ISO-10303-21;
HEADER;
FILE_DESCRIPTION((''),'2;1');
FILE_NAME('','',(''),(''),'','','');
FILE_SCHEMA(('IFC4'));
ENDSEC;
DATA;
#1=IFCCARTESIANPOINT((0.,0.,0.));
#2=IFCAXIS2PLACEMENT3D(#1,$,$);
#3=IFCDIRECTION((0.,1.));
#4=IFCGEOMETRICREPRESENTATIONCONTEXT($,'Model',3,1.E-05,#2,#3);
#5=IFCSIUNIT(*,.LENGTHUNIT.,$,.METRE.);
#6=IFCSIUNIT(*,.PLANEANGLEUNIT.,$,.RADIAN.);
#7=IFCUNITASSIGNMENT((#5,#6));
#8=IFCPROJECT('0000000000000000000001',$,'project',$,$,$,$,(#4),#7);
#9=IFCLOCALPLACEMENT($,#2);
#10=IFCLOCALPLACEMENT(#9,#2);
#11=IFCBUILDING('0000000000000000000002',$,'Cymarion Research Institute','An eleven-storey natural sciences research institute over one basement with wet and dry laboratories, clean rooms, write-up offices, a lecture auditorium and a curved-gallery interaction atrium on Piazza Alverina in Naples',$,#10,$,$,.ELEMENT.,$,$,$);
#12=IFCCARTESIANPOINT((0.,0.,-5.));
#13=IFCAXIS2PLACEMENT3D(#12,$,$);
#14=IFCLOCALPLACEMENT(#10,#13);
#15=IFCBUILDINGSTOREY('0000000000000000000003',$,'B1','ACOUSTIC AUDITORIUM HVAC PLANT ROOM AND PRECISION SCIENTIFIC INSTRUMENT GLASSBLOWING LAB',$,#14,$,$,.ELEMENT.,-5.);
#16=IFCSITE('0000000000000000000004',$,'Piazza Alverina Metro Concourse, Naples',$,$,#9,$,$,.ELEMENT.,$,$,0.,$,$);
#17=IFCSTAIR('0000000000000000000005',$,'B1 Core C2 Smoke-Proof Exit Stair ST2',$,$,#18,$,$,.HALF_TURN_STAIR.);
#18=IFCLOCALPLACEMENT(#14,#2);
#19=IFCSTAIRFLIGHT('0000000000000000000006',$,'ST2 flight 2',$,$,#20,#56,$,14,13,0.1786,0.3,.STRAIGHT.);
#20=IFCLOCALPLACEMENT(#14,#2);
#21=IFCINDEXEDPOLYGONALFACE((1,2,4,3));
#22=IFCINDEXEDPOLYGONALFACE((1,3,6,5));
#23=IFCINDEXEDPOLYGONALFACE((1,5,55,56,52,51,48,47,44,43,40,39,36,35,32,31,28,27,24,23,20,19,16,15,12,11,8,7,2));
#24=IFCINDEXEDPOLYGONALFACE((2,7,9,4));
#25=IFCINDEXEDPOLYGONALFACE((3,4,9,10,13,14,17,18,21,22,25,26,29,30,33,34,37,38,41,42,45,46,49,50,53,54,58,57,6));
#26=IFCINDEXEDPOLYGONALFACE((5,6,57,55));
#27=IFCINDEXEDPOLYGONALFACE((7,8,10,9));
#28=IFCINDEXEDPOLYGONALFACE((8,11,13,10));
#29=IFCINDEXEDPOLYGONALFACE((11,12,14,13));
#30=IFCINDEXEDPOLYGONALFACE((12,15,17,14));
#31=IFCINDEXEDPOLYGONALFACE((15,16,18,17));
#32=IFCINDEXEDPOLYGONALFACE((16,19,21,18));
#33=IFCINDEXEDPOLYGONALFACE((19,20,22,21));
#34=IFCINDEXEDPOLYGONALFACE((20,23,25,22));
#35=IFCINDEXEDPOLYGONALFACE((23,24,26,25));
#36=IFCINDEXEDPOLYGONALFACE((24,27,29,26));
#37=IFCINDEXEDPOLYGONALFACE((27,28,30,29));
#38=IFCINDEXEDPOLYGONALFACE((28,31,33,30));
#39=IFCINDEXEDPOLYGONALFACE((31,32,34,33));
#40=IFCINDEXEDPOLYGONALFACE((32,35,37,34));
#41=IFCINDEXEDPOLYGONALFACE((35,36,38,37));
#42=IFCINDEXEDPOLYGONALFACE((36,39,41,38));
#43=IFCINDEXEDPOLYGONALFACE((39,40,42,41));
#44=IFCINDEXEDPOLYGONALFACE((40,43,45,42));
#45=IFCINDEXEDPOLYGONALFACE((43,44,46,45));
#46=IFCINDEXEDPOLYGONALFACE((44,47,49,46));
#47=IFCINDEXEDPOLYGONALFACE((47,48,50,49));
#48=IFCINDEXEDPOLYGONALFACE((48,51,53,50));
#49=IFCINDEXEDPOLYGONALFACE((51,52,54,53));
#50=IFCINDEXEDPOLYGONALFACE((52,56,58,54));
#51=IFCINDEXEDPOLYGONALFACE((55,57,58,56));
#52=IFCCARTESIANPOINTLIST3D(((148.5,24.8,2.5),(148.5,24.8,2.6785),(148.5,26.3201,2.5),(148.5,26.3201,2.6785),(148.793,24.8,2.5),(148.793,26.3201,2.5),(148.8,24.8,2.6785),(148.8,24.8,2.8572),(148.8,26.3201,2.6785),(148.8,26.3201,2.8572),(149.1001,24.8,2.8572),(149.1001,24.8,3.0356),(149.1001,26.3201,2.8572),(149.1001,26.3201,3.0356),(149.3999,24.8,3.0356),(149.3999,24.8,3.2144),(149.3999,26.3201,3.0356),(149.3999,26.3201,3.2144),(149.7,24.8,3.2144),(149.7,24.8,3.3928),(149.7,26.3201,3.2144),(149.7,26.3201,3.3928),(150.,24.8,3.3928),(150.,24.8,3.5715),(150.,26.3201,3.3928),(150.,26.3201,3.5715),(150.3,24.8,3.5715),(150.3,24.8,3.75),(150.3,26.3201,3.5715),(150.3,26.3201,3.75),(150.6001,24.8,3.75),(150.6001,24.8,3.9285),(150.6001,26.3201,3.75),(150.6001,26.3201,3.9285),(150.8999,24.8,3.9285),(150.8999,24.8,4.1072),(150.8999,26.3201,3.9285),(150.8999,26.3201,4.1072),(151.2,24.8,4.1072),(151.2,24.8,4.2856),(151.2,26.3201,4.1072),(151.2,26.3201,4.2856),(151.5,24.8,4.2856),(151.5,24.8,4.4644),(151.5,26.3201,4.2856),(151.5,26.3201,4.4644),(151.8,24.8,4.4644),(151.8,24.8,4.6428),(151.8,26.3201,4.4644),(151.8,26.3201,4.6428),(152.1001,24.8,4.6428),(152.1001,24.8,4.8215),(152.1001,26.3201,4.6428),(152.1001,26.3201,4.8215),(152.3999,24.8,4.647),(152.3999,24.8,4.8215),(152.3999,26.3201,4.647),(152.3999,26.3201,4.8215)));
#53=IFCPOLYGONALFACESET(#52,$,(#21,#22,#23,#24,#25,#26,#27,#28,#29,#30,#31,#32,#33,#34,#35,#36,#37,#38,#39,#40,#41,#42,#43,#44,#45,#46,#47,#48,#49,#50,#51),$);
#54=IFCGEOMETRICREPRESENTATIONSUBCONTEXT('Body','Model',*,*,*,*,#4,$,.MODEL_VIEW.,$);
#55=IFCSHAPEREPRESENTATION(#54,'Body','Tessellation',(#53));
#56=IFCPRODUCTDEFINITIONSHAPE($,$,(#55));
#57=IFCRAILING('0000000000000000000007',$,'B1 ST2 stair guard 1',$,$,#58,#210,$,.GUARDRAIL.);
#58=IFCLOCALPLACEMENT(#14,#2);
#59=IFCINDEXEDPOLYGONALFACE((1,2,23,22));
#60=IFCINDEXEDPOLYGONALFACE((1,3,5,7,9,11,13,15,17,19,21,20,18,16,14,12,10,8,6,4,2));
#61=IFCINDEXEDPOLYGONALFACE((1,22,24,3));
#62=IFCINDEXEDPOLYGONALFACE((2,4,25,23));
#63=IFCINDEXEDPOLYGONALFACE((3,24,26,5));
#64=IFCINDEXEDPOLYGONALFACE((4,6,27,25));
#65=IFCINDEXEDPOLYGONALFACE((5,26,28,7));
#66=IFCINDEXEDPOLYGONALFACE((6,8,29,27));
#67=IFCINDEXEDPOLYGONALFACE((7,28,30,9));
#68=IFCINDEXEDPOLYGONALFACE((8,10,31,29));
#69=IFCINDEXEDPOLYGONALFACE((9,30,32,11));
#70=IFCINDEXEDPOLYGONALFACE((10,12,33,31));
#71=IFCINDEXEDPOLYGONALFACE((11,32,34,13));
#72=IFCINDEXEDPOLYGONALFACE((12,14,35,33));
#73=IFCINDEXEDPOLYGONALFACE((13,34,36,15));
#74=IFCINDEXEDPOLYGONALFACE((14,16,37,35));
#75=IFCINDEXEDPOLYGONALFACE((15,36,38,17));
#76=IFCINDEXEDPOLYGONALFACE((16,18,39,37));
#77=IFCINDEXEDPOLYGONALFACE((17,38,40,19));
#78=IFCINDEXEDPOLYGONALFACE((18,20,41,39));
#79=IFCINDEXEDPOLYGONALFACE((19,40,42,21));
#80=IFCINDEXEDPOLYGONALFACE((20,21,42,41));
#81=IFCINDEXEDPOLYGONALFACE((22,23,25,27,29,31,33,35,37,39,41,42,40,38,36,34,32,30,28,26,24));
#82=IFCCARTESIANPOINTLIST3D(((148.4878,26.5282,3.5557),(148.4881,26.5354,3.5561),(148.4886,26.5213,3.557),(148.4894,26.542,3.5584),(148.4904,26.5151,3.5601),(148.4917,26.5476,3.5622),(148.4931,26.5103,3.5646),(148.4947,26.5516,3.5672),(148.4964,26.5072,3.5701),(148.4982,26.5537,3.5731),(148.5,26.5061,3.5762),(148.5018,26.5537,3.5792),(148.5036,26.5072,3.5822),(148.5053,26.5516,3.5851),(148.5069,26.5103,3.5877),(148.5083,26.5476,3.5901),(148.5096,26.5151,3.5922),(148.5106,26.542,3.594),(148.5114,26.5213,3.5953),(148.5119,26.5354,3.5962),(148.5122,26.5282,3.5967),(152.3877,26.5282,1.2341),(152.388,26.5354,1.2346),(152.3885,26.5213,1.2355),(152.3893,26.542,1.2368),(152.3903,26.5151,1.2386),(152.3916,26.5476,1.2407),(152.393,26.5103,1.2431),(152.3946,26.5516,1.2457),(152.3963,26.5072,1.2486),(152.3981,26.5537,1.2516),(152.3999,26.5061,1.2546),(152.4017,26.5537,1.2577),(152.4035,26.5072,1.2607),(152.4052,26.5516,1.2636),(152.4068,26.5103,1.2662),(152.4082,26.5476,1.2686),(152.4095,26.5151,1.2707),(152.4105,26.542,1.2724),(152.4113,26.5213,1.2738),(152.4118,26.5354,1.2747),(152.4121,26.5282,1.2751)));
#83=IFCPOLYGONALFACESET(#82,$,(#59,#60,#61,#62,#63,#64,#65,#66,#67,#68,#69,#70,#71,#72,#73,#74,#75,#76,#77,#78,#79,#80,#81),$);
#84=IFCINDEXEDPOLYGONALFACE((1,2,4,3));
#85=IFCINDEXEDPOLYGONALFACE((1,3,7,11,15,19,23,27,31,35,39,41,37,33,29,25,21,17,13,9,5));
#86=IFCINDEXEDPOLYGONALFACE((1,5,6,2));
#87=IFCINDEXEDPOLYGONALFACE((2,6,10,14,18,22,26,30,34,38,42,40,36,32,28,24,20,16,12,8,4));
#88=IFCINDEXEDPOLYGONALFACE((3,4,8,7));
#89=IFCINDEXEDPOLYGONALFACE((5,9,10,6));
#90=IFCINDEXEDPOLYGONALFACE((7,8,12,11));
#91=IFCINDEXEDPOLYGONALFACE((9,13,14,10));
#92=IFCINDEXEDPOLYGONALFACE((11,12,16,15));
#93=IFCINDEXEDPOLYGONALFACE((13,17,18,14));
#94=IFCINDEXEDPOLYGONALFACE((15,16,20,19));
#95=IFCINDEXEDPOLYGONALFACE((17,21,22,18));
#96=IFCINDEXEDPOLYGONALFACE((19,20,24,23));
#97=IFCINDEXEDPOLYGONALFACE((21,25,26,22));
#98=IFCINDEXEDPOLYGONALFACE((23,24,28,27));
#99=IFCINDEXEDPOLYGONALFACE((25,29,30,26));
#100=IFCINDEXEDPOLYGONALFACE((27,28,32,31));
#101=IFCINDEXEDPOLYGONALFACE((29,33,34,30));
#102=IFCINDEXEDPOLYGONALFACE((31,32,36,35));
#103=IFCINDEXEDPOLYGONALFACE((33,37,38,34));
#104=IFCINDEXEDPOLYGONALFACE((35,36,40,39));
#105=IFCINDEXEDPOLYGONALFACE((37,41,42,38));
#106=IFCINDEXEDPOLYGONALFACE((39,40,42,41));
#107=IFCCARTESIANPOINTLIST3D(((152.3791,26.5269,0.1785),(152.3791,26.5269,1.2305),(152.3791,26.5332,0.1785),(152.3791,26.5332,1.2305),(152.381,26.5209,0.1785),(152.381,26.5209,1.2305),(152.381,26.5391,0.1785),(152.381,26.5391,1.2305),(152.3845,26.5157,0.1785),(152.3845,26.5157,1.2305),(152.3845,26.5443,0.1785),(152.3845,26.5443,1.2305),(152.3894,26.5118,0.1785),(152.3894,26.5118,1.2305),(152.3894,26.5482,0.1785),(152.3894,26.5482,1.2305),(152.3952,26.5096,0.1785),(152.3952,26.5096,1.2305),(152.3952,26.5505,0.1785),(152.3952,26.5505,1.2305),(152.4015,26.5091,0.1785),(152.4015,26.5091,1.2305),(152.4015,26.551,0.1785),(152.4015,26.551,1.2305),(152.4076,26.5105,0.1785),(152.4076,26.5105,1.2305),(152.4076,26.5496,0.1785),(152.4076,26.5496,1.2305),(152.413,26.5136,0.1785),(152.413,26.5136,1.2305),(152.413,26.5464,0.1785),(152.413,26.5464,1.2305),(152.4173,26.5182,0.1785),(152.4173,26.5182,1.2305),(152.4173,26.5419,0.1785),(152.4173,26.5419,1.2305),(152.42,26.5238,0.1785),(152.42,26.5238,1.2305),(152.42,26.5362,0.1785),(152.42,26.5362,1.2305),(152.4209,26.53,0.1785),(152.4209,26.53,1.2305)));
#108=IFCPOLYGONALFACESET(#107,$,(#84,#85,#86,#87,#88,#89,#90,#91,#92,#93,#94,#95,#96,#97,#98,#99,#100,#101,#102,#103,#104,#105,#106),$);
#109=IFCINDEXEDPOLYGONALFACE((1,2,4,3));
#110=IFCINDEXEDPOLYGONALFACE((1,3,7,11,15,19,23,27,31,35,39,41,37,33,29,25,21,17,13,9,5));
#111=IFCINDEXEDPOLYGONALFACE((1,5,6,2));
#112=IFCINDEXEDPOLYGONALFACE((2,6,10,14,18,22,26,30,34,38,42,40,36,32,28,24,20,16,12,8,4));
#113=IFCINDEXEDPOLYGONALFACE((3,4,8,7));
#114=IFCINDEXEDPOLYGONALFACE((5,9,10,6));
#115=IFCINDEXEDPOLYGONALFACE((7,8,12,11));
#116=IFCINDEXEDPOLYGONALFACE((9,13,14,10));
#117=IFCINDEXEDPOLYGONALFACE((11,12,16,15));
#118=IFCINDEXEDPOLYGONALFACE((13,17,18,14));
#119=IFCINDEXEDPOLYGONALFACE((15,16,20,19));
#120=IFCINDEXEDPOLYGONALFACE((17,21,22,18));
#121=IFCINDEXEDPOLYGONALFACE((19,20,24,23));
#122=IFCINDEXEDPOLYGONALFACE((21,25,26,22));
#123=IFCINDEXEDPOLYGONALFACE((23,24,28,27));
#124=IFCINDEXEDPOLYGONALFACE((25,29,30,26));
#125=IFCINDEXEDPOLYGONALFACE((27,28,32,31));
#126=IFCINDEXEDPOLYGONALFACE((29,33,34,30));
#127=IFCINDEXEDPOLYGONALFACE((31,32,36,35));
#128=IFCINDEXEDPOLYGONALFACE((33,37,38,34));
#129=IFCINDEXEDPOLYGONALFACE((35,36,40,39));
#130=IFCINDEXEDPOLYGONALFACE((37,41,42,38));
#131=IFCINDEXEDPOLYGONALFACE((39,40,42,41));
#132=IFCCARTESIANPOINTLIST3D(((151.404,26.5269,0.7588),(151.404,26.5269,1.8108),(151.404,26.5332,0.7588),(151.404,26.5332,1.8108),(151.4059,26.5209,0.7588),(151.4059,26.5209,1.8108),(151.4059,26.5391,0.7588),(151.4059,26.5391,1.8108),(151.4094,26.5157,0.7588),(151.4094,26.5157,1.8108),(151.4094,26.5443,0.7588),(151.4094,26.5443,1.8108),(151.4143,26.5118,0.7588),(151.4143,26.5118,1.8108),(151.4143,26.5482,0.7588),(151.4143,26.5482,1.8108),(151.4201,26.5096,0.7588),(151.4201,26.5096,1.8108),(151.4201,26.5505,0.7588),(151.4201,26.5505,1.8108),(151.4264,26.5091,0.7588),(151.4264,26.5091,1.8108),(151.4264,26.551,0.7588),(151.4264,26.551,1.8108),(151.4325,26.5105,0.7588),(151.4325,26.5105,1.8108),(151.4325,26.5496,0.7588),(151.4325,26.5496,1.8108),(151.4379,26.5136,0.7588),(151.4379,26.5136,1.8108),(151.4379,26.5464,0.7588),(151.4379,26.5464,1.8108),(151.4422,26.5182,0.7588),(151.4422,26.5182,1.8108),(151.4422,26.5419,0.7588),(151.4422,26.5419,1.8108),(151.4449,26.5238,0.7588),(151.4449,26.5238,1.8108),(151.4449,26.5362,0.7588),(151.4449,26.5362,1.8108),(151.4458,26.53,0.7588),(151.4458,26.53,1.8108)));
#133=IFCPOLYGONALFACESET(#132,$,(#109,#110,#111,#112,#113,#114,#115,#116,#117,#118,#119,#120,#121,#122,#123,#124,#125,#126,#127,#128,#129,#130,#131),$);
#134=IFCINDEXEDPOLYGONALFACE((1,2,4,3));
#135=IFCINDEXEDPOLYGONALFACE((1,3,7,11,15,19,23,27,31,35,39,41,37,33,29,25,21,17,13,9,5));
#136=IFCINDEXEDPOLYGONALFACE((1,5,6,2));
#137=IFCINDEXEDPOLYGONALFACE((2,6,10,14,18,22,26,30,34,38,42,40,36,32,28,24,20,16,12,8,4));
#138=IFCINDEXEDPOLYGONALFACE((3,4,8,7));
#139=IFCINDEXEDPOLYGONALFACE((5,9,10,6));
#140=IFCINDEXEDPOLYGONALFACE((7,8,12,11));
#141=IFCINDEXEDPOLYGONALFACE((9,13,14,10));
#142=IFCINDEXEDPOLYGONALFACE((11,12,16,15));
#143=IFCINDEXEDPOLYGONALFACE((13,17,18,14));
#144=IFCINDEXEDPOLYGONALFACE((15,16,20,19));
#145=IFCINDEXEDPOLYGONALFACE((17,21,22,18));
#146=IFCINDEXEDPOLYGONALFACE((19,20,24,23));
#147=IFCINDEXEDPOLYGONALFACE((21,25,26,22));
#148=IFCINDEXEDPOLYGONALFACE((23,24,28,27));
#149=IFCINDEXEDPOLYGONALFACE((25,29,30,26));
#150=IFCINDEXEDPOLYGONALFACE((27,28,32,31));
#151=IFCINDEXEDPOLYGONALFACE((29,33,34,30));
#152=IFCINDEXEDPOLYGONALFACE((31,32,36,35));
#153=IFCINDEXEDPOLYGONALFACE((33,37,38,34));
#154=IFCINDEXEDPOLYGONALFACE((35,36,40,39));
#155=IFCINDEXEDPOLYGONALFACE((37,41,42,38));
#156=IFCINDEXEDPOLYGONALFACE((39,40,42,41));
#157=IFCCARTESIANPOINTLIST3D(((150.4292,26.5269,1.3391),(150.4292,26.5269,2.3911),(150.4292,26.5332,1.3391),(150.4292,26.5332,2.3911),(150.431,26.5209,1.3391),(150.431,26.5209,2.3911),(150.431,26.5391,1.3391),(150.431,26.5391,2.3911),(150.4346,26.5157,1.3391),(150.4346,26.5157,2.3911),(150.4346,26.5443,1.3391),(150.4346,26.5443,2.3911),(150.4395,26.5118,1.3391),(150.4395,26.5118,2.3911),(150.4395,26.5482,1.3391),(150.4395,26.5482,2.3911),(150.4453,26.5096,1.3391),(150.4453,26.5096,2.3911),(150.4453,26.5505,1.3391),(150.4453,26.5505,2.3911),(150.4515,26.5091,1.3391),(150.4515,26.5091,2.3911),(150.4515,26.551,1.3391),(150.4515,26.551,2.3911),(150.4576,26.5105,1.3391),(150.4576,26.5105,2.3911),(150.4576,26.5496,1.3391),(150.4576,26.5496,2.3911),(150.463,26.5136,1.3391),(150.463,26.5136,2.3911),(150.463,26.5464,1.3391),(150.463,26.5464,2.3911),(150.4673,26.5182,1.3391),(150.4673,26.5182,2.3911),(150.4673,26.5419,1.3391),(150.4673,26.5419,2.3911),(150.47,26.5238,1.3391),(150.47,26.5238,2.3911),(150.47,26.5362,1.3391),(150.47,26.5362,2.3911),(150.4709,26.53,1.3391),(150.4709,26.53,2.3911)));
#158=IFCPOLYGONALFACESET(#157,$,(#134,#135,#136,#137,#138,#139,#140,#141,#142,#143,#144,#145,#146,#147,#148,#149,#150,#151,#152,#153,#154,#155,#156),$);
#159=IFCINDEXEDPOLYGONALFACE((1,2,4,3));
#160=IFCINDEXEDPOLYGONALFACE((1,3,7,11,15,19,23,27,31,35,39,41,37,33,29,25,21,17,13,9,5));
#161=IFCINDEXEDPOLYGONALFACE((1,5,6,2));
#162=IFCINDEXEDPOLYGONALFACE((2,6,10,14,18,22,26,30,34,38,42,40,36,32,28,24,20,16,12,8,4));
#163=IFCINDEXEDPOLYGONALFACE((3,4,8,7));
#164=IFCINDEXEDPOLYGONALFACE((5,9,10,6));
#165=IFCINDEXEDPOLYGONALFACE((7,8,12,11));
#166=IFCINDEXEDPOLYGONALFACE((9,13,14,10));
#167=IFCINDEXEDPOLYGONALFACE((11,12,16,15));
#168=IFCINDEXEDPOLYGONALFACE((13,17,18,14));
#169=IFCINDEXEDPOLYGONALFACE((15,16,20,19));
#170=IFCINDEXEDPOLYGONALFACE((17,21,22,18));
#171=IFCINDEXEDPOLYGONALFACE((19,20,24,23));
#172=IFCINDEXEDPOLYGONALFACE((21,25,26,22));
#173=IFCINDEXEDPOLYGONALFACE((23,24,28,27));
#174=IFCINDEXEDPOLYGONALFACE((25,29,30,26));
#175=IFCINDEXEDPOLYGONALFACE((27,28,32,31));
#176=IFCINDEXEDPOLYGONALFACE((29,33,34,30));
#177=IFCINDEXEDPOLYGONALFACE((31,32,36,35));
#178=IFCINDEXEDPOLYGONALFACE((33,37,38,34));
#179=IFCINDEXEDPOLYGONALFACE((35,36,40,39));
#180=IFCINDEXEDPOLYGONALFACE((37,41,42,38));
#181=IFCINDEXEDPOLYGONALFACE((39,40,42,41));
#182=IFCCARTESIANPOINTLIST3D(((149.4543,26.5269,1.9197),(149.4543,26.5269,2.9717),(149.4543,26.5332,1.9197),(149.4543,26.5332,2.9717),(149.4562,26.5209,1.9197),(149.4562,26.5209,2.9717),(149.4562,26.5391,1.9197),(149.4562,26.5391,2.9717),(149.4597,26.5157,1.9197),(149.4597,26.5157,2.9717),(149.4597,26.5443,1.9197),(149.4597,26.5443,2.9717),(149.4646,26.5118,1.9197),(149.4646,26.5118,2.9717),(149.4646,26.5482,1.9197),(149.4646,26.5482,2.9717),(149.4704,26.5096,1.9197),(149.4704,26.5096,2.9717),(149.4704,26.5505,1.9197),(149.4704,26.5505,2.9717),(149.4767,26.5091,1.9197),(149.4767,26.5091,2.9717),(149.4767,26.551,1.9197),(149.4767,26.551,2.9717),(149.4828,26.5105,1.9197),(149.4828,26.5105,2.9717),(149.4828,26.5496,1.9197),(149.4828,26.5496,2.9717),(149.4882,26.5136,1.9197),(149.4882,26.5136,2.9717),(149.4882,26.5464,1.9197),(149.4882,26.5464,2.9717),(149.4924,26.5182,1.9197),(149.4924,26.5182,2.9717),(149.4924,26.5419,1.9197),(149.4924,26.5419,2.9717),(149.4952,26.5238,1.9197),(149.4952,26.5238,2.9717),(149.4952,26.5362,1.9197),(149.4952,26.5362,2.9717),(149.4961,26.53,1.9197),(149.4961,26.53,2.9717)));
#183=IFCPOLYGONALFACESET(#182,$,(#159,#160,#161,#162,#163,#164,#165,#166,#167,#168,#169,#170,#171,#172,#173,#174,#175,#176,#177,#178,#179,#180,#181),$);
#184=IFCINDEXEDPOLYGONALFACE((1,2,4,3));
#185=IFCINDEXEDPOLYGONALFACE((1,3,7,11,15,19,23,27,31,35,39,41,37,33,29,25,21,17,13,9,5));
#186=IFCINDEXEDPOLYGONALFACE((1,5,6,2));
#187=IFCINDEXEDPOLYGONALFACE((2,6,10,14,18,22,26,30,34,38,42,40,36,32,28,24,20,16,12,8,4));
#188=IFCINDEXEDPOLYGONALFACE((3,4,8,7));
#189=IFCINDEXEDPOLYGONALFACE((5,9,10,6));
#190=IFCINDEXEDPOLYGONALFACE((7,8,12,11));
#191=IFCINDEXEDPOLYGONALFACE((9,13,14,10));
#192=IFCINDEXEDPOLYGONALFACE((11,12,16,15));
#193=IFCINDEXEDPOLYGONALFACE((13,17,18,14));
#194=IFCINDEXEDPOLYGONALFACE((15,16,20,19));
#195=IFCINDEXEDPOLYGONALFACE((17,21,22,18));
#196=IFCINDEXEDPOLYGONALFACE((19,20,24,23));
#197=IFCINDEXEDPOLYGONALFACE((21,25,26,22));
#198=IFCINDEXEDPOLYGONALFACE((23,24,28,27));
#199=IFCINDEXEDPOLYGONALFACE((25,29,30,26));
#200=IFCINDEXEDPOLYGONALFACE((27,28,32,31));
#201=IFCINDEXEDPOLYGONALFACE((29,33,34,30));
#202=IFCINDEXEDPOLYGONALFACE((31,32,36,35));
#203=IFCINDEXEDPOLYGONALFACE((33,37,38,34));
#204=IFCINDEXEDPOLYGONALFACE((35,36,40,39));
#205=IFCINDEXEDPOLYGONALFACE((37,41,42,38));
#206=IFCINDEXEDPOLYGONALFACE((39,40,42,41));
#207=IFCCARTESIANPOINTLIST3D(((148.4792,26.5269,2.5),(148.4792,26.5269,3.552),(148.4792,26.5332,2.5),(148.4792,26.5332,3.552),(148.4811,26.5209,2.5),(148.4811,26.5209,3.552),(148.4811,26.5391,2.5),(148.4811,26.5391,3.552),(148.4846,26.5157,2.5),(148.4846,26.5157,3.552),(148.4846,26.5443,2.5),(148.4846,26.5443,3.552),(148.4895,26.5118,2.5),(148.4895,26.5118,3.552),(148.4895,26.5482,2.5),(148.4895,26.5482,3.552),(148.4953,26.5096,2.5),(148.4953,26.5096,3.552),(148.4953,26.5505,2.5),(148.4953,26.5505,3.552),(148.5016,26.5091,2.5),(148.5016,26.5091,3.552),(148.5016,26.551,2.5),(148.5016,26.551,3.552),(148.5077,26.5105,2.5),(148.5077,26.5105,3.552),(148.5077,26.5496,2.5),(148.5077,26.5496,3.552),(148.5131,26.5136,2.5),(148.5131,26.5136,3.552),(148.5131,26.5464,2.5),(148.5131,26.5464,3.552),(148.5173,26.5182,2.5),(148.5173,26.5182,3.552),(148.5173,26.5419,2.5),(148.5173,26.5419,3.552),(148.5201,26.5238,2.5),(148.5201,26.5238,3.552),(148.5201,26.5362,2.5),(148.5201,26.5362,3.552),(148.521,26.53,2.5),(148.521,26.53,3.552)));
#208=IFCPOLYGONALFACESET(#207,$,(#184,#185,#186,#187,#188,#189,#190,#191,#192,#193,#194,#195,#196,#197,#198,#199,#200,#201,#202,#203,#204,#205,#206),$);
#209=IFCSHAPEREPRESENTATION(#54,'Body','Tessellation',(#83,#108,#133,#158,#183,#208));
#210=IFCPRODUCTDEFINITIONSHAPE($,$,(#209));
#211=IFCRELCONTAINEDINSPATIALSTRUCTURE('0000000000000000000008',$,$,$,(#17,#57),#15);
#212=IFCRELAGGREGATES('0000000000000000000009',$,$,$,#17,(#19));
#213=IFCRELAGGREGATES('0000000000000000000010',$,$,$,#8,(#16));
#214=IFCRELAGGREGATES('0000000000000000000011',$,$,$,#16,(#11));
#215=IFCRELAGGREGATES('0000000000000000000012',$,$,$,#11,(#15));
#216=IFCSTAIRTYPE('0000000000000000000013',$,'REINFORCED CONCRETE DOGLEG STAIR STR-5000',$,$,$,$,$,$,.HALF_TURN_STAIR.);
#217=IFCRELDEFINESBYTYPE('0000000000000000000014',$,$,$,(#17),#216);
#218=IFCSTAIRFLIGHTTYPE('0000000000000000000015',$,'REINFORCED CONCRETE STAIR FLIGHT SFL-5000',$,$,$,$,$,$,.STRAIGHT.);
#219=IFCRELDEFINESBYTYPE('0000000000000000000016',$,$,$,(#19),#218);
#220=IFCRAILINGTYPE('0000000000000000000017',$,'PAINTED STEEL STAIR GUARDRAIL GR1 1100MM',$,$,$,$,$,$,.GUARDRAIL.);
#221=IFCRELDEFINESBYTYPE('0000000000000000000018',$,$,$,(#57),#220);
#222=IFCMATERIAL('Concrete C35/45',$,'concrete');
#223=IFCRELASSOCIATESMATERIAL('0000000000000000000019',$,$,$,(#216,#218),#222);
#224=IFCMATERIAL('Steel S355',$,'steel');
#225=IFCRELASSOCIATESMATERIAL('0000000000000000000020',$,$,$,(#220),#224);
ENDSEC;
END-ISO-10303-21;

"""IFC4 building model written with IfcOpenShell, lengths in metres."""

from ifc_helpers import new_model, si_unit, direction, frame, origin, origin_2d, place, context, subcontext, project, spatial, polyline, circle, outline, extrude, material, type_object, element, aggregate, save


model = new_model("IFC4")

# Units and contexts
model_context = context("Model", 3, precision=1e-05, world=origin(), true_north=direction((0.0, 1.0)))
body_context = subcontext(model_context, "Body", "Model", "MODEL_VIEW")
ifc_project = project(units=[si_unit("LENGTHUNIT", "METRE"), si_unit("PLANEANGLEUNIT", "RADIAN")], contexts=[model_context])

# Site, building, storey
site_placement = place(None, origin())
site = spatial("IfcSite", under=ifc_project, at=site_placement, Name="Piazza Alverina Metro Concourse, Naples", CompositionType="ELEMENT", RefElevation=0.0)
building_placement = place(site_placement, origin())
building = spatial("IfcBuilding", under=site, at=building_placement, Name="Cymarion Research Institute", Description="An eleven-storey natural sciences research institute over one basement with wet and dry laboratories, clean rooms, write-up offices, a lecture auditorium and a curved-gallery interaction atrium on Piazza Alverina in Naples", CompositionType="ELEMENT")
storey_placement = place(building_placement, frame((0.0, 0.0, -5.0)))
storey = spatial("IfcBuildingStorey", under=building, at=storey_placement, Name="B1", Description="ACOUSTIC AUDITORIUM HVAC PLANT ROOM AND PRECISION SCIENTIFIC INSTRUMENT GLASSBLOWING LAB", CompositionType="ELEMENT", Elevation=-5.0)

# Shared definitions
ifc_material_1 = material(Name="Concrete C35/45", Category="concrete")

# Shared definitions
ifc_material_2 = material(Name="Steel S355", Category="steel")

# Stair, stair flight
stair_type = type_object("IfcStairType", Name="REINFORCED CONCRETE DOGLEG STAIR STR-5000", PredefinedType="HALF_TURN_STAIR", material=ifc_material_1)
stair_placement = place(storey_placement, origin())
stair = element("IfcStair", 1, at=stair_placement, inside=storey, type_object=stair_type, Name="B1 Core C2 Smoke-Proof Exit Stair ST2", PredefinedType="HALF_TURN_STAIR")
stair_flight_type = type_object("IfcStairFlightType", Name="REINFORCED CONCRETE STAIR FLIGHT SFL-5000", PredefinedType="STRAIGHT", material=ifc_material_1)
stair_flight_placement = place(storey_placement, frame((148.5, 25.5601, 2.5), z_axis=(0.0, 0.0, 1.0), x_axis=(1.0, 0.0, 0.0)))
stair_flight = element("IfcStairFlight", 2, at=stair_flight_placement, type_object=stair_flight_type, Name="ST2 flight 2", NumberOfRisers=14, NumberOfTreads=13, PredefinedType="STRAIGHT", RiserHeight=0.1786, TreadLength=0.3, context=body_context, shape_type="SweptSolid", body=[
    extrude(outline(polyline([(0.0, 0.0), (0.0, 0.1785), (0.3, 0.1785), (0.3, 0.3572), (0.6001, 0.3572), (0.6001, 0.5356), (0.8999, 0.5356), (0.8999, 0.7144), (1.2, 0.7144), (1.2, 0.8928), (1.5, 0.8928), (1.5, 1.0715), (1.8, 1.0715), (1.8, 1.25), (2.1001, 1.25), (2.1001, 1.4285), (2.3999, 1.4285), (2.3999, 1.6072), (2.7, 1.6072), (2.7, 1.7856), (3.0, 1.7856), (3.0, 1.9644), (3.3, 1.9644), (3.3, 2.1428), (3.6001, 2.1428), (3.6001, 2.3215), (3.8999, 2.3215), (3.8999, 2.5), (3.8999, 2.147), (0.293, 0.0), (0.0, 0.0)])), frame((0.0, 0.76, 0.0), z_axis=(0.0, -1.0, 0.0), x_axis=(1.0, 0.0, 0.0)), (0.0, 0.0, 1.0), 1.52),
])
aggregate(stair, [stair_flight])

# Railing
railing_type_1 = type_object("IfcRailingType", Name="PAINTED STEEL STAIR GUARDRAIL GR1 1100MM", PredefinedType="GUARDRAIL", material=ifc_material_2)
railing_1_placement = place(storey_placement, frame((152.3999, 26.53, 0.1785)))
element("IfcRailing", 3, at=railing_1_placement, inside=storey, type_object=railing_type_1, Name="B1 ST2 stair guard 1", PredefinedType="GUARDRAIL", context=body_context, shape_type="SweptSolid", body=[
    extrude(circle(Radius=0.0239, at=origin_2d()), frame((0.0, 0.0, 1.0762), z_axis=(-0.859277, 0.0, 0.51151), x_axis=(0.0, -1.0, 0.0)), (0.0, 0.0, 1.0), 4.5386),
    extrude(circle(Radius=0.021, at=origin_2d()), origin(), (0.0, 0.0, 1.0), 1.052),
    extrude(circle(Radius=0.021, at=origin_2d()), frame((-0.9751, 0.0, 0.5803)), (0.0, 0.0, 1.0), 1.052),
    extrude(circle(Radius=0.021, at=origin_2d()), frame((-1.95, 0.0, 1.1606)), (0.0, 0.0, 1.0), 1.052),
    extrude(circle(Radius=0.021, at=origin_2d()), frame((-2.9248, 0.0, 1.7412)), (0.0, 0.0, 1.0), 1.052),
    extrude(circle(Radius=0.021, at=origin_2d()), frame((-3.8999, 0.0, 2.3215)), (0.0, 0.0, 1.0), 1.052),
])

save(model, "model.ifc")
